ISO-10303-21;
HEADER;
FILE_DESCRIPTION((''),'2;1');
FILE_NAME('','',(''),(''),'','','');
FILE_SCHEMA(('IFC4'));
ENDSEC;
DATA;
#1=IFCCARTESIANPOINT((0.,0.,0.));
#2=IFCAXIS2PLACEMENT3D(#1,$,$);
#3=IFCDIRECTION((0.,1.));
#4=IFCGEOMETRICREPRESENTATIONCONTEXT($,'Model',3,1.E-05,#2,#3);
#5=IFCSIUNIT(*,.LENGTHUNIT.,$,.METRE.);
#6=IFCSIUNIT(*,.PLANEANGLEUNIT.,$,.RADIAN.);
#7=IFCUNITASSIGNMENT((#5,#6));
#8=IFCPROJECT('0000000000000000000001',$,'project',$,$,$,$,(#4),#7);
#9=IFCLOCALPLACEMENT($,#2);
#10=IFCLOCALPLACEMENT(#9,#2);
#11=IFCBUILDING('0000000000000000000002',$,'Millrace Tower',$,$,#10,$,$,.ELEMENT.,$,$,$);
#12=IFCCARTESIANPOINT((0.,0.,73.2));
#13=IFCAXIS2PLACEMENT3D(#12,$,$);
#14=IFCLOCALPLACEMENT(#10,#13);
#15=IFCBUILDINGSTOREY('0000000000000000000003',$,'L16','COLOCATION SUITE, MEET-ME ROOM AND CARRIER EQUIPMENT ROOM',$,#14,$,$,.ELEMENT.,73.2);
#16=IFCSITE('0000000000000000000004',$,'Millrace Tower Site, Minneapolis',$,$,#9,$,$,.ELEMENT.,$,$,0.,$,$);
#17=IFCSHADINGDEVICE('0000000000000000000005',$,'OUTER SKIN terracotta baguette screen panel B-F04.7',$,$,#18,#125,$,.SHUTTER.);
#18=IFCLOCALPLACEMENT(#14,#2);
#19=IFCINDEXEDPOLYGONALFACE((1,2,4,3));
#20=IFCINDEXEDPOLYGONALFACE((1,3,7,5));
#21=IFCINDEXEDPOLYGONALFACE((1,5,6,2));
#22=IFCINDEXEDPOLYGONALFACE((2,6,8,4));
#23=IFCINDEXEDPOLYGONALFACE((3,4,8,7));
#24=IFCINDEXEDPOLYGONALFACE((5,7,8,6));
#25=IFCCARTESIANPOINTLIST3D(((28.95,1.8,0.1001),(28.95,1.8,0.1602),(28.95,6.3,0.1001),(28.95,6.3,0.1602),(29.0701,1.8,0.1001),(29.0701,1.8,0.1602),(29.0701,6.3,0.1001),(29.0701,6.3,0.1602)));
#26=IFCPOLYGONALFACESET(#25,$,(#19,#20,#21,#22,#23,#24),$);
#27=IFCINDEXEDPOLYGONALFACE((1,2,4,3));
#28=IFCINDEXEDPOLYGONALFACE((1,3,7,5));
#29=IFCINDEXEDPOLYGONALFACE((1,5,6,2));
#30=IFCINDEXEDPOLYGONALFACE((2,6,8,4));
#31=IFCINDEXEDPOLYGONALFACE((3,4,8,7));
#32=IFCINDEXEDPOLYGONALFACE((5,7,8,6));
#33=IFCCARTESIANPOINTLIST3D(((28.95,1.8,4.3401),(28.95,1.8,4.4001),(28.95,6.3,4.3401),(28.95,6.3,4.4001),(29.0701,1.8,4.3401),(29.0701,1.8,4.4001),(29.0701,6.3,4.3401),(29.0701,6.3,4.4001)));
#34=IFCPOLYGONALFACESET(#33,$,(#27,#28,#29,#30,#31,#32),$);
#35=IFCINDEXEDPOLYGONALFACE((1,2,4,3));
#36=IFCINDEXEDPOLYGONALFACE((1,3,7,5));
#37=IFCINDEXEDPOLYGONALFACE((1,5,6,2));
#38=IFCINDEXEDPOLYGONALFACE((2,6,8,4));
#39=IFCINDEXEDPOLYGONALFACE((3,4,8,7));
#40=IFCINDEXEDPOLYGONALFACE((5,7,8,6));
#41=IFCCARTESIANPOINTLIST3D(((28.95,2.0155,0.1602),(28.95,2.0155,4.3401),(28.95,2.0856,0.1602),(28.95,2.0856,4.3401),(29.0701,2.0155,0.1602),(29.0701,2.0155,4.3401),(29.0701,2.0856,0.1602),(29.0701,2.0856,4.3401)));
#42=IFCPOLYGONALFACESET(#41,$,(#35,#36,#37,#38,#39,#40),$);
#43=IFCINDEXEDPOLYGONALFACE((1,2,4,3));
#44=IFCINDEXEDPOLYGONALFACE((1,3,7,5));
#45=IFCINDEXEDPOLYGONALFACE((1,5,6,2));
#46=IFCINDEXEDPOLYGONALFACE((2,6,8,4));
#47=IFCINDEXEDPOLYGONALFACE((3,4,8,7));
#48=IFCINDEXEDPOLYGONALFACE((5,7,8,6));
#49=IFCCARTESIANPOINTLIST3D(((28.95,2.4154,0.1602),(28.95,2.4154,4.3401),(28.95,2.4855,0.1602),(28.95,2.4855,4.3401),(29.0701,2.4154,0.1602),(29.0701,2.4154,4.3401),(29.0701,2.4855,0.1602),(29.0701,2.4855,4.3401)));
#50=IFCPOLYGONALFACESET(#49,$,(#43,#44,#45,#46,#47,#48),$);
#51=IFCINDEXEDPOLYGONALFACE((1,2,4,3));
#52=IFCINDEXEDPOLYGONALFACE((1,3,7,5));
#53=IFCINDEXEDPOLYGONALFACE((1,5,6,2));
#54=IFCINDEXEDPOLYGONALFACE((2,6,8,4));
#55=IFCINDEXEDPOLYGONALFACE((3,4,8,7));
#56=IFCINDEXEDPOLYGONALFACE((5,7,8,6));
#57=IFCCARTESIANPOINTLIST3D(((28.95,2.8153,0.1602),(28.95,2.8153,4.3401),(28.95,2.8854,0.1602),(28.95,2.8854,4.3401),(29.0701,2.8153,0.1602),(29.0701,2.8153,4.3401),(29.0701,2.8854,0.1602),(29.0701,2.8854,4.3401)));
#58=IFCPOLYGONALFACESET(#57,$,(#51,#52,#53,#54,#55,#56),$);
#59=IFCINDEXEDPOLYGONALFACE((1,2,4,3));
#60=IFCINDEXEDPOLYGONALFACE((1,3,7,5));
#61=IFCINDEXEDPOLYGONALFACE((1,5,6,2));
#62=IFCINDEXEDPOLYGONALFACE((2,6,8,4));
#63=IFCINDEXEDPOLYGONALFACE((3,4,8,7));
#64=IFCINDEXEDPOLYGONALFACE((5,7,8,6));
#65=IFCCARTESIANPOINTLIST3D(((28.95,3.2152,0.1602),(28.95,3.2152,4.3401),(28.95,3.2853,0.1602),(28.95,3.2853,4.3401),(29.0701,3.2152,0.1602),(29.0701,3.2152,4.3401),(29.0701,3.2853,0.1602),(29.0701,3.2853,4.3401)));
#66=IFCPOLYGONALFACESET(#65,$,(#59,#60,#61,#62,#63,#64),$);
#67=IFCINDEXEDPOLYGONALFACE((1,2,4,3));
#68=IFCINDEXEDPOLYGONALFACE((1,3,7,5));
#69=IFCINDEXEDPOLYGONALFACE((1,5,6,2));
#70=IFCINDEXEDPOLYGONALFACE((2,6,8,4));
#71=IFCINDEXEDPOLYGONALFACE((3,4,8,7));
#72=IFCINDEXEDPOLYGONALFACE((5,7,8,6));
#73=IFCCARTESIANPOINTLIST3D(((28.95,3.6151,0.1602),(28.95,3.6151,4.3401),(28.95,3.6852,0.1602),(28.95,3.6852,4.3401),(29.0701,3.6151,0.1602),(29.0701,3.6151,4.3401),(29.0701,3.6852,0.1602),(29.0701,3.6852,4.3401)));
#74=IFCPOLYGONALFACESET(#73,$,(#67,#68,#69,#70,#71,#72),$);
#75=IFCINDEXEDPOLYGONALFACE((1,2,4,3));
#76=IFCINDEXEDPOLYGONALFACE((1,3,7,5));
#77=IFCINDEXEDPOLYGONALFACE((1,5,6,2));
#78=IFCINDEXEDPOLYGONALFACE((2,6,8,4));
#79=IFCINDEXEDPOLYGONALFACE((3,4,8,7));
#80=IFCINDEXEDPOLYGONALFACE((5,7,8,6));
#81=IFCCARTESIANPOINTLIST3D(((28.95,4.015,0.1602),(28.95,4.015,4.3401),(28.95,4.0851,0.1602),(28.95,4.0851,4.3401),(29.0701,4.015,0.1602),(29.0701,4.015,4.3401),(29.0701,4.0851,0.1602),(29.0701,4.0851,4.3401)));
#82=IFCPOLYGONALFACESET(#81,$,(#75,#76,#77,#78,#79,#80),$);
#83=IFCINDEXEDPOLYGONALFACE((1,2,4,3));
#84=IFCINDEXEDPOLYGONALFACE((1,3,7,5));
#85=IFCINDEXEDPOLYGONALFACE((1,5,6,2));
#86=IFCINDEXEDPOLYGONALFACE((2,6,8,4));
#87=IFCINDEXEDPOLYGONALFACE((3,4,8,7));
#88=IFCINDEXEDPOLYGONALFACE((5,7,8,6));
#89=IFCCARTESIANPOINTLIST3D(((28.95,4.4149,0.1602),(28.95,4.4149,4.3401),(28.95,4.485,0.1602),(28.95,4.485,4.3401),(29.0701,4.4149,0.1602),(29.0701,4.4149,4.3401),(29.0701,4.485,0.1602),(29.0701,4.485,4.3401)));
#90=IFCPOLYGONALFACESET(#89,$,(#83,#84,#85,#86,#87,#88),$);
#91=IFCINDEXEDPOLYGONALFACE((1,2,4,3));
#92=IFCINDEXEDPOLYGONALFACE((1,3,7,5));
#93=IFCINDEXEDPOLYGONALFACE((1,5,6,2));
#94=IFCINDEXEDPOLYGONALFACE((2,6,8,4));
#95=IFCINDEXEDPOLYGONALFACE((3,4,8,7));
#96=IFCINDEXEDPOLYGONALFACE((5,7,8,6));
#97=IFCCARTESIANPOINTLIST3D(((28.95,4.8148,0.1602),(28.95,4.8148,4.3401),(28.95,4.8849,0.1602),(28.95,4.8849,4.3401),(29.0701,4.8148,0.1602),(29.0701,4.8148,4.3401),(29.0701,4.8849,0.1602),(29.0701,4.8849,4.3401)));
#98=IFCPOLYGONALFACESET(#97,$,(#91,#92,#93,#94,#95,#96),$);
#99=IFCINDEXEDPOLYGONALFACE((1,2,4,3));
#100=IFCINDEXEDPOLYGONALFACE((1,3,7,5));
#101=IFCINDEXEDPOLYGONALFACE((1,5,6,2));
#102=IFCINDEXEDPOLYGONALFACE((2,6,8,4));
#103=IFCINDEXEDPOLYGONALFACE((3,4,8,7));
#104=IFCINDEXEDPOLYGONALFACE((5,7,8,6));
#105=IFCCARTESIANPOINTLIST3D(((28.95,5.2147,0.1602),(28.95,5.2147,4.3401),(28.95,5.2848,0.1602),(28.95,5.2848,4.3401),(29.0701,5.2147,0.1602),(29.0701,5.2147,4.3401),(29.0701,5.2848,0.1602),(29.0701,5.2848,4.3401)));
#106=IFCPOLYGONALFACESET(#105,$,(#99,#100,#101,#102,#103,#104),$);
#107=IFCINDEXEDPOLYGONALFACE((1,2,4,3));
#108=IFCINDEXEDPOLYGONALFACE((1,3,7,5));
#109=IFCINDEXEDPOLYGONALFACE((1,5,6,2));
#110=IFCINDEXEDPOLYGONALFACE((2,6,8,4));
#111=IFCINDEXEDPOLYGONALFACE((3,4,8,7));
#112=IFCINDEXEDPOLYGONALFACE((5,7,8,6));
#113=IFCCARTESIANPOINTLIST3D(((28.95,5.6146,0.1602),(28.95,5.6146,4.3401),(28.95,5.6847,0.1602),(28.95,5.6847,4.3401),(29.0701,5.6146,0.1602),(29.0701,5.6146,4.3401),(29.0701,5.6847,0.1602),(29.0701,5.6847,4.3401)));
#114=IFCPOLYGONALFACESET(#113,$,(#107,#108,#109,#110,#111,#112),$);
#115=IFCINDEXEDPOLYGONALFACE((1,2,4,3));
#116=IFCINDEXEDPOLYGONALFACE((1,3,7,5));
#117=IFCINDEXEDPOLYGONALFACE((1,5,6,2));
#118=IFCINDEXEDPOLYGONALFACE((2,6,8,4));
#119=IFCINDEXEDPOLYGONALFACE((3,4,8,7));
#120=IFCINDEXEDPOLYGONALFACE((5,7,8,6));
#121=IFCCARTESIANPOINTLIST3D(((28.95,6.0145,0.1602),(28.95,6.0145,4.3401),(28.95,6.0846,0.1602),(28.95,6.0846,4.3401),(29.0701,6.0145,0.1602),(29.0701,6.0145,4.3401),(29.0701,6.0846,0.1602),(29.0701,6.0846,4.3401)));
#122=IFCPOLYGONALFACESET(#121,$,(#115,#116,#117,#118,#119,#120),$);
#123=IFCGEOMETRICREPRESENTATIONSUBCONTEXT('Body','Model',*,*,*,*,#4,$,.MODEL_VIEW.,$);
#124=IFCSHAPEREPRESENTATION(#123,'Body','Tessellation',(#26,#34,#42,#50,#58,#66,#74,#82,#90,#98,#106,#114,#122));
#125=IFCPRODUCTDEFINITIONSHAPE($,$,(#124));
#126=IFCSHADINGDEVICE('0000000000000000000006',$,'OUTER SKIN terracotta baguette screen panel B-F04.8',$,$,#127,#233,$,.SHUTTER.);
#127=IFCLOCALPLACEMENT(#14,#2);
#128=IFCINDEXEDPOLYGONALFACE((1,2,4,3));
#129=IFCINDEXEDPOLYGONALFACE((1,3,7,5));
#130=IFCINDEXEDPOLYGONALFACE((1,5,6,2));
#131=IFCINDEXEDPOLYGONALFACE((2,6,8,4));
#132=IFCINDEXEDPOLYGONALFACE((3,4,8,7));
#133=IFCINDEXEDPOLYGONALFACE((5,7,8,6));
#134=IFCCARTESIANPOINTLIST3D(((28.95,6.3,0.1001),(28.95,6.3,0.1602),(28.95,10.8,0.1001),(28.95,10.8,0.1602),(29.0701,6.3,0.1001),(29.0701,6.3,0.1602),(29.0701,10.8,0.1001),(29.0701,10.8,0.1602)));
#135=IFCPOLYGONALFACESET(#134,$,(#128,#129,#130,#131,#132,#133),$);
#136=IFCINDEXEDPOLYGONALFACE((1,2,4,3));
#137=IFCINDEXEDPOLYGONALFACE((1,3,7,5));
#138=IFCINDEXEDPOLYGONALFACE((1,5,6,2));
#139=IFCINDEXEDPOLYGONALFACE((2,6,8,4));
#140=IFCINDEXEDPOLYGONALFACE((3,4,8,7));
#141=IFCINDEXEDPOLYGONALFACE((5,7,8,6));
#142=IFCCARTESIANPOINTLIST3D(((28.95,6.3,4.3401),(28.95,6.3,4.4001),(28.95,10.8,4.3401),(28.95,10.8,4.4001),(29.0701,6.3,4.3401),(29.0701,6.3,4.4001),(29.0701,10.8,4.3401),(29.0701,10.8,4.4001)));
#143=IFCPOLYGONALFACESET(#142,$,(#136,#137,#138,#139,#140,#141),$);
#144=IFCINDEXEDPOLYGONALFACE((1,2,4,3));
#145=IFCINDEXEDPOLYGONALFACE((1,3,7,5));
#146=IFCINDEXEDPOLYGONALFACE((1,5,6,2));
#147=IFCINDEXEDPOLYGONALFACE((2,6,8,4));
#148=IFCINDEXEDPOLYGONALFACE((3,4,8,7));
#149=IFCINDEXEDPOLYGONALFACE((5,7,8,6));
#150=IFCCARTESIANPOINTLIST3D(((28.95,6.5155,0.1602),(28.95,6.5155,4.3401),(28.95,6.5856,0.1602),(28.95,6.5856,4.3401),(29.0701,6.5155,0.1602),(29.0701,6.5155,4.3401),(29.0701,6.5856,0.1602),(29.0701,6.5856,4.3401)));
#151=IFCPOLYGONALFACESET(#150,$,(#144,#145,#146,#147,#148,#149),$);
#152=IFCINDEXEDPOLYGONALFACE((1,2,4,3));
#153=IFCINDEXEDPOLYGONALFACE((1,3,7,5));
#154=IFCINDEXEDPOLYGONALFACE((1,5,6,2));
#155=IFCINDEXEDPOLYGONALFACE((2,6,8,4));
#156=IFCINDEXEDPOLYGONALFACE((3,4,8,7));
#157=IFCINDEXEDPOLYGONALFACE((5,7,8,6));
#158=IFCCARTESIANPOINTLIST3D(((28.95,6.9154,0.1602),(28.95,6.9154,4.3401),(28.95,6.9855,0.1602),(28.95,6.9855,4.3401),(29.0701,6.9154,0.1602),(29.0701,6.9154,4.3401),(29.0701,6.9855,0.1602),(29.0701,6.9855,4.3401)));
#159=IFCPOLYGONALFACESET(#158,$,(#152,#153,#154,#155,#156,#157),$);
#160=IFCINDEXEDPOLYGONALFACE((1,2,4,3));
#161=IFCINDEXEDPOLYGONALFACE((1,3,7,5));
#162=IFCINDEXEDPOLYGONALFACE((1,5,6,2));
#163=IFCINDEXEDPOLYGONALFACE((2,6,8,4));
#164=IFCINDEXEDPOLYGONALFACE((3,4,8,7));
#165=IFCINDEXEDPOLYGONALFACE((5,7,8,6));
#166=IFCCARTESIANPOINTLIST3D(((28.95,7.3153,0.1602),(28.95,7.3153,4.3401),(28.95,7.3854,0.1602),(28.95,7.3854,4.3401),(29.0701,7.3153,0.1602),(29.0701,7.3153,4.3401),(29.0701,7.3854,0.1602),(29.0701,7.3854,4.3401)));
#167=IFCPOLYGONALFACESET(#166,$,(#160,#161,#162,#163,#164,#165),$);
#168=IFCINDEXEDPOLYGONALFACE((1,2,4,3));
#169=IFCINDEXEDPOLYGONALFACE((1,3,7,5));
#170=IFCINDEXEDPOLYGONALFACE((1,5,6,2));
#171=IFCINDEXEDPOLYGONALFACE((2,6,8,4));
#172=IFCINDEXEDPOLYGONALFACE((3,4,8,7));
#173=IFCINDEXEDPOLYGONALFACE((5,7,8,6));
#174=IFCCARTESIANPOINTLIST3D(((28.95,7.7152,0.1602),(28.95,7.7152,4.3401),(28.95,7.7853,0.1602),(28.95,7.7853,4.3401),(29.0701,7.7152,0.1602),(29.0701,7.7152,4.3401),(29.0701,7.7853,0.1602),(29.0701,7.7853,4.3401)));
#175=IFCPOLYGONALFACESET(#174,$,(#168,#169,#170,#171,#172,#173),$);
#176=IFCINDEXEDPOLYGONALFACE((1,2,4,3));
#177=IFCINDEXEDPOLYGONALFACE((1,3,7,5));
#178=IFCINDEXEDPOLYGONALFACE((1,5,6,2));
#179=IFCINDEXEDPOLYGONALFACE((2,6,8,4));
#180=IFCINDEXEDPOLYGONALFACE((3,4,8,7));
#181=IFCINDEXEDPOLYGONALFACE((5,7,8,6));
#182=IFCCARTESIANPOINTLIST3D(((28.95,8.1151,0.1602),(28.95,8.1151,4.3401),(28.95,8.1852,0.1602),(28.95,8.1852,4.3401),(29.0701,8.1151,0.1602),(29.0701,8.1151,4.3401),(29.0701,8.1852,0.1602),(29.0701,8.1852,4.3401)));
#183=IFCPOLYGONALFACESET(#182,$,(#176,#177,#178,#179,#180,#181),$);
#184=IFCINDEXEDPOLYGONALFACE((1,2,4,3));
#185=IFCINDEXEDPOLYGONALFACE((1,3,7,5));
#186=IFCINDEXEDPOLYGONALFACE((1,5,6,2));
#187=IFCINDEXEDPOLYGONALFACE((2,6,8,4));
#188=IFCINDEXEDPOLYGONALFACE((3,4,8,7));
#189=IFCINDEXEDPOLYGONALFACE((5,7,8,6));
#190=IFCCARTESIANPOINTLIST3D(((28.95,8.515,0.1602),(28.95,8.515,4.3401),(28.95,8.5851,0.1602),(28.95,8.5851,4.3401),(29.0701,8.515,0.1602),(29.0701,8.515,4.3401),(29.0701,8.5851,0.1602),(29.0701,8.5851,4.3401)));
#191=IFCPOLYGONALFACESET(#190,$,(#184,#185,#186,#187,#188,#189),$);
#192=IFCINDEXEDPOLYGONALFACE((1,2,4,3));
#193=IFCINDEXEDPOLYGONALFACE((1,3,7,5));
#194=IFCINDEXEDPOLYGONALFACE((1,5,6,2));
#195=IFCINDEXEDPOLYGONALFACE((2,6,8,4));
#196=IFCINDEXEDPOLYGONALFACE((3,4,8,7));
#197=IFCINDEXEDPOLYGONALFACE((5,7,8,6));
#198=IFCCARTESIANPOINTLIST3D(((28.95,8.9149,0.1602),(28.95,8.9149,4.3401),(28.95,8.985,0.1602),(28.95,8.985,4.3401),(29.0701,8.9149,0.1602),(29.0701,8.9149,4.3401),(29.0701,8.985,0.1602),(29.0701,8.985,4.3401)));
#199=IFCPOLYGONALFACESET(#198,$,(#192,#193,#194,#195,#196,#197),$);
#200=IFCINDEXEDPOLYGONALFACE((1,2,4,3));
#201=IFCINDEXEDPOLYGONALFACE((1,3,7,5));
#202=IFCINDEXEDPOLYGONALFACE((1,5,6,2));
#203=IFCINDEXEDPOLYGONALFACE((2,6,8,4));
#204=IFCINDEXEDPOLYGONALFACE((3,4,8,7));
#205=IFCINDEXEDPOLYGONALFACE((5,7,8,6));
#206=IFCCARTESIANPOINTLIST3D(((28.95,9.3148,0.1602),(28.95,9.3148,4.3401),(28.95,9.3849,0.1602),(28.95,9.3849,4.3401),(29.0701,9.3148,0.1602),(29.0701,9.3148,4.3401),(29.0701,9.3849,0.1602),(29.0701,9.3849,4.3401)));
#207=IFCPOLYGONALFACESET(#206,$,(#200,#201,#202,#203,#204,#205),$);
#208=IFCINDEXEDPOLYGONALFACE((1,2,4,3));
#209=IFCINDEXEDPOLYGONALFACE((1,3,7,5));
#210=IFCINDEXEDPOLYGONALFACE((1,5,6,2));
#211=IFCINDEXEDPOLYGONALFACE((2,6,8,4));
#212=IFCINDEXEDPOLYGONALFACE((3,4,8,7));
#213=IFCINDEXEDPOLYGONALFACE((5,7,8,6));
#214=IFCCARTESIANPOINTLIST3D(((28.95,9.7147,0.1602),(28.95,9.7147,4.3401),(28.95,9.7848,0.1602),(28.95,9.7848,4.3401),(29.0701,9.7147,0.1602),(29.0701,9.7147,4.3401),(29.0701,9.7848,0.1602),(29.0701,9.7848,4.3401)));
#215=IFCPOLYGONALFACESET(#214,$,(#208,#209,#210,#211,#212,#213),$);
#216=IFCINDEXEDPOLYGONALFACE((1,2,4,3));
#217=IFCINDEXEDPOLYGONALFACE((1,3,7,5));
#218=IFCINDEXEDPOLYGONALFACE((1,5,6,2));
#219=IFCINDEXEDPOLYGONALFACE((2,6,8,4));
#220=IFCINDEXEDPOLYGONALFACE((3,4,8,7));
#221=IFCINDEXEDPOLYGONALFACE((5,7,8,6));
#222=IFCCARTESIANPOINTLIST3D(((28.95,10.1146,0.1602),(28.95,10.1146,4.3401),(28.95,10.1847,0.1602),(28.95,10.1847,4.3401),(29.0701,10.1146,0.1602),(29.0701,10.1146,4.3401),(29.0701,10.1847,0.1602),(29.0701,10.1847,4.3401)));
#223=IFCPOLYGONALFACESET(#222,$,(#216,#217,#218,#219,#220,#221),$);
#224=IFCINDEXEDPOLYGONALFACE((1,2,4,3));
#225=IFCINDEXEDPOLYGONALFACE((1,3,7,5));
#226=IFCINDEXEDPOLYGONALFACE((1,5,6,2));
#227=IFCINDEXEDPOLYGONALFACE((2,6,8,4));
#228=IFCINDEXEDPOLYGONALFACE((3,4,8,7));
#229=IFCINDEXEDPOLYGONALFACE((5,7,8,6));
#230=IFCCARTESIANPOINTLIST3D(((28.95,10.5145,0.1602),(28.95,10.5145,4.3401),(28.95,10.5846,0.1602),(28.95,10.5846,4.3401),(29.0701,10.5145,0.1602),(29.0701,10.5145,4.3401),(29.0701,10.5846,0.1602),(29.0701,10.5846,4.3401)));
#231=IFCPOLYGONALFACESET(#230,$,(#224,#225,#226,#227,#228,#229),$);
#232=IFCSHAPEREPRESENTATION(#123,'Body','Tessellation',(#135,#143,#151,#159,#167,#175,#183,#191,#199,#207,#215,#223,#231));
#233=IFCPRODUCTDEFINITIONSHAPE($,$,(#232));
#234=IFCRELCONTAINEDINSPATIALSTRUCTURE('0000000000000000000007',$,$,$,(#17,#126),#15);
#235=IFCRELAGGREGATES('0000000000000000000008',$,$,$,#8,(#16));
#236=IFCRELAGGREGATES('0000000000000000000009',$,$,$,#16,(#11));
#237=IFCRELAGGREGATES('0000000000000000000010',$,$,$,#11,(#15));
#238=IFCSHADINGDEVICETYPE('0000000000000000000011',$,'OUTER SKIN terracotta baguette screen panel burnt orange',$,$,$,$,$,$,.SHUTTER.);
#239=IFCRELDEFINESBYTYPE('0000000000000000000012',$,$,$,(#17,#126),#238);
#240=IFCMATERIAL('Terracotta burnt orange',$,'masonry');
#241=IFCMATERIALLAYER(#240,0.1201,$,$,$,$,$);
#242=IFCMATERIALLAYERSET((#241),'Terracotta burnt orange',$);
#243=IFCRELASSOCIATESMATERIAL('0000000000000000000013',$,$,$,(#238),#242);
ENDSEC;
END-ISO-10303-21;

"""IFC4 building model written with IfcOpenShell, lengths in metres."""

from ifc_helpers import new_model, entity, si_unit, direction, frame, frame_2d, origin, origin_2d, place, context, subcontext, project, spatial, rectangle, extrude, source, transform, mapped, material, layer, layer_set, type_object, element, save


model = new_model("IFC4")

# Units and contexts
model_context = context("Model", 3, precision=1e-05, world=origin(), true_north=direction((0.0, 1.0)))
body_context = subcontext(model_context, "Body", "Model", "MODEL_VIEW")
ifc_project = project(units=[si_unit("LENGTHUNIT", "METRE"), si_unit("PLANEANGLEUNIT", "RADIAN")], contexts=[model_context])

# Site, building, storey
site_placement = place(None, origin())
site = spatial("IfcSite", under=ifc_project, at=site_placement, Name="Millrace Tower Site, Minneapolis", CompositionType="ELEMENT", RefElevation=0.0)
building_placement = place(site_placement, origin())
building = spatial("IfcBuilding", under=site, at=building_placement, Name="Millrace Tower", CompositionType="ELEMENT")
storey_placement = place(building_placement, frame((0.0, 0.0, 73.2)))
storey = spatial("IfcBuildingStorey", under=building, at=storey_placement, Name="L16", Description="COLOCATION SUITE, MEET-ME ROOM AND CARRIER EQUIPMENT ROOM", CompositionType="ELEMENT", Elevation=73.2)

# Shading devices
ifc_material_1 = material(Name="Terracotta burnt orange", Category="masonry")
ifc_layer_1 = layer(ifc_material_1, 0.1201)
ifc_layer_set_1 = layer_set([ifc_layer_1], Name="Terracotta burnt orange")
shading_device_type = type_object("IfcShadingDeviceType", Name="OUTER SKIN terracotta baguette screen panel burnt orange", PredefinedType="SHUTTER", material=ifc_layer_set_1)
cartesian_point = entity("IfcCartesianPoint", [-2.25, 0.0601])
shared_polyline = entity("IfcPolyline", [cartesian_point, entity("IfcCartesianPoint", [2.25, 0.0601]), entity("IfcCartesianPoint", [2.25, -0.0601]), entity("IfcCartesianPoint", [-2.25, -0.0601]), cartesian_point])
shared_shape = source(origin(), body_context, "Body", "SweptSolid", [
    entity("IfcExtrudedAreaSolid", entity("IfcArbitraryClosedProfileDef", "AREA", None, shared_polyline), entity("IfcAxis2Placement3D", entity("IfcCartesianPoint", [0.0, 0.0, 0.0])), entity("IfcDirection", [0.0, 0.0, 1.0]), 0.0601),
    entity("IfcExtrudedAreaSolid", entity("IfcArbitraryClosedProfileDef", "AREA", None, shared_polyline), entity("IfcAxis2Placement3D", entity("IfcCartesianPoint", [0.0, 0.0, 4.24])), entity("IfcDirection", [0.0, 0.0, 1.0]), 0.0601),
    extrude(rectangle(XDim=0.0701, YDim=0.1201, at=frame_2d((-1.9995, 0.0))), frame((0.0, 0.0, 0.0601)), (0.0, 0.0, 1.0), 4.1799),
    extrude(rectangle(XDim=0.0701, YDim=0.1201, at=frame_2d((-1.5996, 0.0))), frame((0.0, 0.0, 0.0601)), (0.0, 0.0, 1.0), 4.1799),
    extrude(rectangle(XDim=0.0701, YDim=0.1201, at=frame_2d((-1.1997, 0.0))), frame((0.0, 0.0, 0.0601)), (0.0, 0.0, 1.0), 4.1799),
    extrude(rectangle(XDim=0.0701, YDim=0.1201, at=frame_2d((-0.7998, 0.0))), frame((0.0, 0.0, 0.0601)), (0.0, 0.0, 1.0), 4.1799),
    extrude(rectangle(XDim=0.0701, YDim=0.1201, at=frame_2d((-0.3999, 0.0))), frame((0.0, 0.0, 0.0601)), (0.0, 0.0, 1.0), 4.1799),
    extrude(rectangle(XDim=0.0701, YDim=0.1201, at=origin_2d()), frame((0.0, 0.0, 0.0601)), (0.0, 0.0, 1.0), 4.1799),
    extrude(rectangle(XDim=0.0701, YDim=0.1201, at=frame_2d((0.3999, 0.0))), frame((0.0, 0.0, 0.0601)), (0.0, 0.0, 1.0), 4.1799),
    extrude(rectangle(XDim=0.0701, YDim=0.1201, at=frame_2d((0.7998, 0.0))), frame((0.0, 0.0, 0.0601)), (0.0, 0.0, 1.0), 4.1799),
    extrude(rectangle(XDim=0.0701, YDim=0.1201, at=frame_2d((1.1997, 0.0))), frame((0.0, 0.0, 0.0601)), (0.0, 0.0, 1.0), 4.1799),
    extrude(rectangle(XDim=0.0701, YDim=0.1201, at=frame_2d((1.5996, 0.0))), frame((0.0, 0.0, 0.0601)), (0.0, 0.0, 1.0), 4.1799),
    extrude(rectangle(XDim=0.0701, YDim=0.1201, at=frame_2d((1.9995, 0.0))), frame((0.0, 0.0, 0.0601)), (0.0, 0.0, 1.0), 4.1799),
])
for number, where, z_axis, x_axis, name in (
    (1, (29.01, 4.05, 0.1001), (0.0, 0.0, 1.0), (0.0, 1.0, 0.0), "OUTER SKIN terracotta baguette screen panel B-F04.7"),
    (2, (29.01, 8.55, 0.1001), (0.0, 0.0, 1.0), (0.0, 1.0, 0.0), "OUTER SKIN terracotta baguette screen panel B-F04.8"),
):
    element("IfcShadingDevice", number, at=place(storey_placement, frame(where, z_axis=z_axis, x_axis=x_axis)), inside=storey, type_object=shading_device_type, Name=name, PredefinedType="SHUTTER", context=body_context, shape_type="MappedRepresentation", body=[
        mapped(shared_shape, transform((0.0, 0.0, 0.0), scale=1.0)),
    ])

save(model, "model.ifc")
